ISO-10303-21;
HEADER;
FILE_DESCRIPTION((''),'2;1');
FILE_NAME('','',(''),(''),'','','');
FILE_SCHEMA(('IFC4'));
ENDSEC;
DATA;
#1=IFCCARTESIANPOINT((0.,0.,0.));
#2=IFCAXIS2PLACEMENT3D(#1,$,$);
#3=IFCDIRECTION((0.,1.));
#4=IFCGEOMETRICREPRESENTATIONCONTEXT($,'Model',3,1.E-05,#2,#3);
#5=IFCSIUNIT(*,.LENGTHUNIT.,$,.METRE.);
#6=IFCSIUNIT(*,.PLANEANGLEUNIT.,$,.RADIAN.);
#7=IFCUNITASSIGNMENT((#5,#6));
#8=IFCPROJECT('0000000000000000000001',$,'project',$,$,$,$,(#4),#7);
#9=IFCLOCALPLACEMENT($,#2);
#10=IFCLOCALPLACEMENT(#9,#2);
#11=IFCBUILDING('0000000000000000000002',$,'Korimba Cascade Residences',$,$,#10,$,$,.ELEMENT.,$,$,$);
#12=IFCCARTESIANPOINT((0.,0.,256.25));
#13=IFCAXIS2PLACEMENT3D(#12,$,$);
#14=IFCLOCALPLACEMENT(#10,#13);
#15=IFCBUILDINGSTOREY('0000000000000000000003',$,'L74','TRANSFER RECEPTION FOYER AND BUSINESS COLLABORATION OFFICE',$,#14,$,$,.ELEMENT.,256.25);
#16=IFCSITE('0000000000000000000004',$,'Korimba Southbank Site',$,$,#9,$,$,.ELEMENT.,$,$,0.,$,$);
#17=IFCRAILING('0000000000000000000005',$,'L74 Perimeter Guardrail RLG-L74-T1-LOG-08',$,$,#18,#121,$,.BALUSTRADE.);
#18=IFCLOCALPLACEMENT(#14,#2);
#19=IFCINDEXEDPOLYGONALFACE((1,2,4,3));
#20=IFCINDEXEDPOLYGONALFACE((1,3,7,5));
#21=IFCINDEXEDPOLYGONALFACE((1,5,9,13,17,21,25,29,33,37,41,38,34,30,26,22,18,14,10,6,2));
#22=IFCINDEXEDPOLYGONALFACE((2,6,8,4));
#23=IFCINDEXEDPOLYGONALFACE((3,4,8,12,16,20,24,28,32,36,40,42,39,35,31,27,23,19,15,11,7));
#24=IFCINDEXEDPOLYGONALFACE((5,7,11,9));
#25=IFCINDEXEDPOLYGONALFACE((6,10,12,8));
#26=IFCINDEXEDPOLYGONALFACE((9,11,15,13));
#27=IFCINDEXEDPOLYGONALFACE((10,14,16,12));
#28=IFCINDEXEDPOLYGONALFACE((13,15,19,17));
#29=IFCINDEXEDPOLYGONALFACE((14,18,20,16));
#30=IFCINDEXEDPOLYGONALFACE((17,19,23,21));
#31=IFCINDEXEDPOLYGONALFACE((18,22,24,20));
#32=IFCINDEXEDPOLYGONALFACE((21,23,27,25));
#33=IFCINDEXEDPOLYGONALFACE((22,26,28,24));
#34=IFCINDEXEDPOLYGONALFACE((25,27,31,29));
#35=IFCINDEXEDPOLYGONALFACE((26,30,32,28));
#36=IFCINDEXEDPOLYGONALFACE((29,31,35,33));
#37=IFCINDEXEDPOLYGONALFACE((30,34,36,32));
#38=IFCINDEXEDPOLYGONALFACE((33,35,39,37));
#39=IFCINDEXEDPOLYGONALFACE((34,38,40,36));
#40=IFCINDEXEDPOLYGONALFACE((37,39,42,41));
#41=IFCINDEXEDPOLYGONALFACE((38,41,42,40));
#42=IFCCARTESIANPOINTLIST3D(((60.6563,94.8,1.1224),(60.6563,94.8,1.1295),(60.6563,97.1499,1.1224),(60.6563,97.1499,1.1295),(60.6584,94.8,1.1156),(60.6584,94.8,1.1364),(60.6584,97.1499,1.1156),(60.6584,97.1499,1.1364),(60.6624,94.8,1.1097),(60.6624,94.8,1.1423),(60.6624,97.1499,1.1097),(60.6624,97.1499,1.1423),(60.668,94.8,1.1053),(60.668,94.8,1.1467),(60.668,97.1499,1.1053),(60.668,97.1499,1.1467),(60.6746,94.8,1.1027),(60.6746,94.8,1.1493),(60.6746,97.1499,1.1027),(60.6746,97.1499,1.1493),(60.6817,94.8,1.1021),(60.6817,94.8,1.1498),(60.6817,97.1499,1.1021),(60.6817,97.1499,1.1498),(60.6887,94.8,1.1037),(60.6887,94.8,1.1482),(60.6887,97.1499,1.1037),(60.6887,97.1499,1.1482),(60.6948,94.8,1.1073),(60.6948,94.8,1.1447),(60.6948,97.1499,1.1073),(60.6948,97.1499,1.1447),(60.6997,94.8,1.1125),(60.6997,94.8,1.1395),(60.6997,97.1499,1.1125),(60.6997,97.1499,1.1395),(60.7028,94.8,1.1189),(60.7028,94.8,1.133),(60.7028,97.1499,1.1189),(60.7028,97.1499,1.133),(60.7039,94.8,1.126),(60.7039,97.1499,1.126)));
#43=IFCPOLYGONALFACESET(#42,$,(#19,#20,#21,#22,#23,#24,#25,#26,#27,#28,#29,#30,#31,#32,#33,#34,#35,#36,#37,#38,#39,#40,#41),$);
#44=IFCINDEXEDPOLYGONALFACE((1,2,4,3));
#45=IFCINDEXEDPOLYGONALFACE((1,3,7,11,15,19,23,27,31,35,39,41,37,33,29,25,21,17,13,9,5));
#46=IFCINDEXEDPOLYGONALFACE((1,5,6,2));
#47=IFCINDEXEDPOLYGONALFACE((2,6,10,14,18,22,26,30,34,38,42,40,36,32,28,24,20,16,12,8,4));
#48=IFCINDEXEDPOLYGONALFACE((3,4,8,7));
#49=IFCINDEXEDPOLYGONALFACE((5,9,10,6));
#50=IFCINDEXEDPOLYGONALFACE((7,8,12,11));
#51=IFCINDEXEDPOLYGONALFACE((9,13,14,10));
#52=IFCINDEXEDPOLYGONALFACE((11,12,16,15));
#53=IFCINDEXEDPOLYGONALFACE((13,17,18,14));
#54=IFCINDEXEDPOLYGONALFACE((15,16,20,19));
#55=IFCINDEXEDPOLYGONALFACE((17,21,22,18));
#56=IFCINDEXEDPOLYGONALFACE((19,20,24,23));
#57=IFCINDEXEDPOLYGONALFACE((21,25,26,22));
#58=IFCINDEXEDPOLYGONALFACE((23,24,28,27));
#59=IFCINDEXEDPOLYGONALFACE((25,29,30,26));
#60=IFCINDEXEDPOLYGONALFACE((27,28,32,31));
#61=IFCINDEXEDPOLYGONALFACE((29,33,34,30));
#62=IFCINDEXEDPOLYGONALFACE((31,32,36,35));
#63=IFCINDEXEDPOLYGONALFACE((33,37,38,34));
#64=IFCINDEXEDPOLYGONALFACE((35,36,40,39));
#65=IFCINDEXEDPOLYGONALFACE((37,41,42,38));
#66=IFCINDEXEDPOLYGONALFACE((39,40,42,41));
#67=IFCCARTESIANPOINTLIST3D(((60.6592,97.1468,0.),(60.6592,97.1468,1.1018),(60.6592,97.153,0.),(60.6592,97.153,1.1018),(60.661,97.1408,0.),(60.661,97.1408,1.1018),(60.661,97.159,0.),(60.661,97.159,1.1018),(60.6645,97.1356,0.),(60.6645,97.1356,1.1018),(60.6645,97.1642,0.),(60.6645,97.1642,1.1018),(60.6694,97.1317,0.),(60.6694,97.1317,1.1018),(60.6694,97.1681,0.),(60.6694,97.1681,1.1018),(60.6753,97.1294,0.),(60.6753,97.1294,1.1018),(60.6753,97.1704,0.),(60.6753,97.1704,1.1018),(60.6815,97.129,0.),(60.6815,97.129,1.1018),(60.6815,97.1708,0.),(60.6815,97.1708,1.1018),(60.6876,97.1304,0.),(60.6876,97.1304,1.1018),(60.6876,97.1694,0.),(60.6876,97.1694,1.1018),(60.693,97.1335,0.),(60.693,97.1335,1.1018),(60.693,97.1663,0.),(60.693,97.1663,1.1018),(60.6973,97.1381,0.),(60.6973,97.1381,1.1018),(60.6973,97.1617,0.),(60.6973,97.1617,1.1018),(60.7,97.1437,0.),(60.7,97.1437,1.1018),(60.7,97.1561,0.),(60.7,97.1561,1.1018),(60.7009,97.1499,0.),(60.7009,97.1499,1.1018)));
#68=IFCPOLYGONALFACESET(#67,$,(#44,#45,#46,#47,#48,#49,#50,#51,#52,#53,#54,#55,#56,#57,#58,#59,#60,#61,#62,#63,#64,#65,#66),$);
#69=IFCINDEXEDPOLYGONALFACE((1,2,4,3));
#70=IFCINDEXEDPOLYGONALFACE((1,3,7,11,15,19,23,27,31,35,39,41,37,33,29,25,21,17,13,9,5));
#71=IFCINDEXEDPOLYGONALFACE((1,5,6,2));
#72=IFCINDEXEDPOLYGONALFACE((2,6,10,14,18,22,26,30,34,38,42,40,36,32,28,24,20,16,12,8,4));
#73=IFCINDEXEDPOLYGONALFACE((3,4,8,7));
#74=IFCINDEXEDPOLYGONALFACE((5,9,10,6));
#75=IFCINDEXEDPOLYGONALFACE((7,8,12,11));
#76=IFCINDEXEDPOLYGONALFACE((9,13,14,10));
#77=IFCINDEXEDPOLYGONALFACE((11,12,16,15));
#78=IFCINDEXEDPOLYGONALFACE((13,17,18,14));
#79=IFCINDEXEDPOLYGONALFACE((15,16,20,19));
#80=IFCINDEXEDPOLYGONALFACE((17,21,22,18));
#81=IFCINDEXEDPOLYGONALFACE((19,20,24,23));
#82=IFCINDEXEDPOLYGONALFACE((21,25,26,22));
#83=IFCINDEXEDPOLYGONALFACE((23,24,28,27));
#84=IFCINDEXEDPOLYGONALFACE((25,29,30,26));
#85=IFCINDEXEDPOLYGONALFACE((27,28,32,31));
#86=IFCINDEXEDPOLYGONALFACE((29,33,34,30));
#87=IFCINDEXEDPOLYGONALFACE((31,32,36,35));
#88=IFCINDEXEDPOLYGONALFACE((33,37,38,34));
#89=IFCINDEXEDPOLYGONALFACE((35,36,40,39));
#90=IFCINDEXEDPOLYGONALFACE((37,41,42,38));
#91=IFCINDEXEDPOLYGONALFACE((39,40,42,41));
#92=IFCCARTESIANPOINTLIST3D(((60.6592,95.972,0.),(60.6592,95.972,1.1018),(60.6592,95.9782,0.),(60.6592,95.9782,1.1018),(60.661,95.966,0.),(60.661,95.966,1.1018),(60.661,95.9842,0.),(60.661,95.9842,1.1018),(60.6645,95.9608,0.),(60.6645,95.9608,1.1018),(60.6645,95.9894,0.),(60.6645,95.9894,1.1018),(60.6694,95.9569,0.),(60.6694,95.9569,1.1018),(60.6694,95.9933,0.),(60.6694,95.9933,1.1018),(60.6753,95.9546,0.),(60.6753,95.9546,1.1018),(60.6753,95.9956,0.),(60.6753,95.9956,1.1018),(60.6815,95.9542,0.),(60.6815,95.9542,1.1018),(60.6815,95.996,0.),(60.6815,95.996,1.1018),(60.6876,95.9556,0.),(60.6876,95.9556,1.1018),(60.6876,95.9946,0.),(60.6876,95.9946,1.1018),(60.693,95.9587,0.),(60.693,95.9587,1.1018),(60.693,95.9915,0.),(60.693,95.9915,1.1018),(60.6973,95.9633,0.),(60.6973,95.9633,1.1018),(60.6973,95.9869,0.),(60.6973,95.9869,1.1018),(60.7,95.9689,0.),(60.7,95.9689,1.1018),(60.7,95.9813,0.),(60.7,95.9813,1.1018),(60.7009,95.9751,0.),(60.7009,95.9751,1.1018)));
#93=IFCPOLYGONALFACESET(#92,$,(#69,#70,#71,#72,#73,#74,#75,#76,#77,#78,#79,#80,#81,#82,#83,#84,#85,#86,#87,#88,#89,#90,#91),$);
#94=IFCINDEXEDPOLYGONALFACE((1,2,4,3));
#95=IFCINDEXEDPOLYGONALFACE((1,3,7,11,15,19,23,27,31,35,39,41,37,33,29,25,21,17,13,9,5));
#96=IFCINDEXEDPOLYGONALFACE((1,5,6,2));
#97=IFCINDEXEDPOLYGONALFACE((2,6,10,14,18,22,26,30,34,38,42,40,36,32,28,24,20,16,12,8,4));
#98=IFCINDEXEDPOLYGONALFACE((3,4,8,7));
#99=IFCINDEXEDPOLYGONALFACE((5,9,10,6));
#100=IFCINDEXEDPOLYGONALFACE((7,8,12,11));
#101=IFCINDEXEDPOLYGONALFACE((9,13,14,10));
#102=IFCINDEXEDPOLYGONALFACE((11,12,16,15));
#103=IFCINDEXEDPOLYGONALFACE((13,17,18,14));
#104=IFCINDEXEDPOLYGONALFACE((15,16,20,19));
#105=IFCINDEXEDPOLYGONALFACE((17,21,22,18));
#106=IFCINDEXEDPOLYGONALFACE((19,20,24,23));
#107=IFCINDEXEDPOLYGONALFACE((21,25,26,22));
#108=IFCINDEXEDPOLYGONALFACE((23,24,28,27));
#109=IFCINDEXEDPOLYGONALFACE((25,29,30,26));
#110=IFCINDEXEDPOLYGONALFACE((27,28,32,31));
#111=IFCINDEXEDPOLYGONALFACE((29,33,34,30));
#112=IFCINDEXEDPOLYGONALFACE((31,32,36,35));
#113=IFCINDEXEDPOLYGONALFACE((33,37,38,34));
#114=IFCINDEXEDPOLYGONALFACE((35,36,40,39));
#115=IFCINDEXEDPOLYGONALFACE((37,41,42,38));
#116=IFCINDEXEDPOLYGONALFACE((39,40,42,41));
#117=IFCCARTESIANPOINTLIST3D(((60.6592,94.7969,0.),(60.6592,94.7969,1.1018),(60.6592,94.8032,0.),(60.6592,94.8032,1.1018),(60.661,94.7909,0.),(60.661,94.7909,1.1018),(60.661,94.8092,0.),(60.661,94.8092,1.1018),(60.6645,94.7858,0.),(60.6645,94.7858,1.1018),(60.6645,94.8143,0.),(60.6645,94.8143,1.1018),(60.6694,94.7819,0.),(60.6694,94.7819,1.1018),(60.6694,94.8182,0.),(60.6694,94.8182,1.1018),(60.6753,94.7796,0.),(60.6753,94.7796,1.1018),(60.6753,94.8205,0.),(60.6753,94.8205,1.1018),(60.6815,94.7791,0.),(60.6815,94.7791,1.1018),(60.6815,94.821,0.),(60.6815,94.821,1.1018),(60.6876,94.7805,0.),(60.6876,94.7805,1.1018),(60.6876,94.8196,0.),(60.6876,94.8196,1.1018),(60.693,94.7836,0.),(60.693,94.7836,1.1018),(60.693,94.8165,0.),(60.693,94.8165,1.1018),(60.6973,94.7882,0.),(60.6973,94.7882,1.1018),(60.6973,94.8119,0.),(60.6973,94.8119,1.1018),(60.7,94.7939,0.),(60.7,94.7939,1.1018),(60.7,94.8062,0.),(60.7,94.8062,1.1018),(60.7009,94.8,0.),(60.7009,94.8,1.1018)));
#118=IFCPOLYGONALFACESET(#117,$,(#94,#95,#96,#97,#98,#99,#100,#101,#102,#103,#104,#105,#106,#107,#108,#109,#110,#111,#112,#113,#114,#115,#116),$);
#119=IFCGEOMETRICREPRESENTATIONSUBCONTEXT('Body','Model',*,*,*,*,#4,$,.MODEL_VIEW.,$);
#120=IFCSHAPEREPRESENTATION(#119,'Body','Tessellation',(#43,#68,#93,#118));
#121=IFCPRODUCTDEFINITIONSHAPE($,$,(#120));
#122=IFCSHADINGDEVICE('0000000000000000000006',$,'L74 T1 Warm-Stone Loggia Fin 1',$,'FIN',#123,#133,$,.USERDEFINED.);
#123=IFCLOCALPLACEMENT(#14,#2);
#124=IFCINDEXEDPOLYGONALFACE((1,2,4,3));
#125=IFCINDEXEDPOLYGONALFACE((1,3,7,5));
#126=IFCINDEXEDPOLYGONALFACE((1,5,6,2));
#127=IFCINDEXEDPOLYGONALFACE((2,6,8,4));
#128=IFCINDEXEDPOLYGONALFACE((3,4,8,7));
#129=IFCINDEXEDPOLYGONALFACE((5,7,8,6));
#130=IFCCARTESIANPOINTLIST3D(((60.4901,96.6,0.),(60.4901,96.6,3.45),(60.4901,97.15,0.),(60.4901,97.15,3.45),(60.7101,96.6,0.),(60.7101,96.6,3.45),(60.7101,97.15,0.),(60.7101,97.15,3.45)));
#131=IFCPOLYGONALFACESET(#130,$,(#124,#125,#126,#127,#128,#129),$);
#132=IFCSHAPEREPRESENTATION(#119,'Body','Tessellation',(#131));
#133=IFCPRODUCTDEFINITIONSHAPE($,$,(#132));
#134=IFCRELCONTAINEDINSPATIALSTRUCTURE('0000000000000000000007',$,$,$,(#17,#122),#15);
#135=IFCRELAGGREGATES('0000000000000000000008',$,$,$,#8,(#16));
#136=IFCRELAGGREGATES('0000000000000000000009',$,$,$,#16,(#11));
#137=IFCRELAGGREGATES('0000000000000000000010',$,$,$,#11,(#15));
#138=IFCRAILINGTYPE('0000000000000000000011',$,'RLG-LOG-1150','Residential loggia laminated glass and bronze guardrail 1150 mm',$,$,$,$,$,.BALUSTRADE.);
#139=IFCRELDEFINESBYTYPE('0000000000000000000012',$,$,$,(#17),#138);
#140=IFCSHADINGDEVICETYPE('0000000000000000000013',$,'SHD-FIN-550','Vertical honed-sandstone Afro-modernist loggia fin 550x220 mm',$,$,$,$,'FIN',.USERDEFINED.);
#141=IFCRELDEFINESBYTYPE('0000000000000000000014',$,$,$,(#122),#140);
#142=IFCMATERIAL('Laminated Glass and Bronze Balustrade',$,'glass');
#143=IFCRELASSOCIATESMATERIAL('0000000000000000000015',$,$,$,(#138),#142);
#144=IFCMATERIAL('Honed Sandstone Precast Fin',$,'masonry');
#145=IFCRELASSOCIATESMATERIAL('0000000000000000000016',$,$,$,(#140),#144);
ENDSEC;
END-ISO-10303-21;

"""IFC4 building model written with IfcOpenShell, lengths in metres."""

from ifc_helpers import new_model, si_unit, direction, frame, origin, origin_2d, place, context, subcontext, project, spatial, rectangle, circle, extrude, material, type_object, element, save


model = new_model("IFC4")

# Units and contexts
model_context = context("Model", 3, precision=1e-05, world=origin(), true_north=direction((0.0, 1.0)))
body_context = subcontext(model_context, "Body", "Model", "MODEL_VIEW")
ifc_project = project(units=[si_unit("LENGTHUNIT", "METRE"), si_unit("PLANEANGLEUNIT", "RADIAN")], contexts=[model_context])

# Site, building, storey
site_placement = place(None, origin())
site = spatial("IfcSite", under=ifc_project, at=site_placement, Name="Korimba Southbank Site", CompositionType="ELEMENT", RefElevation=0.0)
building_placement = place(site_placement, origin())
building = spatial("IfcBuilding", under=site, at=building_placement, Name="Korimba Cascade Residences", CompositionType="ELEMENT")
storey_placement = place(building_placement, frame((0.0, 0.0, 256.25)))
storey = spatial("IfcBuildingStorey", under=building, at=storey_placement, Name="L74", Description="TRANSFER RECEPTION FOYER AND BUSINESS COLLABORATION OFFICE", CompositionType="ELEMENT", Elevation=256.25)

# Railing
ifc_material_1 = material(Name="Laminated Glass and Bronze Balustrade", Category="glass")
railing_type = type_object("IfcRailingType", Name="RLG-LOG-1150", Description="Residential loggia laminated glass and bronze guardrail 1150 mm", PredefinedType="BALUSTRADE", material=ifc_material_1)
railing_placement = place(storey_placement, frame((60.6799, 97.1499, 0.0)))
element("IfcRailing", 1, at=railing_placement, inside=storey, type_object=railing_type, Name="L74 Perimeter Guardrail RLG-L74-T1-LOG-08", PredefinedType="BALUSTRADE", context=body_context, shape_type="SweptSolid", body=[
    extrude(circle(Radius=0.0239, at=origin_2d()), frame((0.0, 0.0, 1.126), z_axis=(0.0, -1.0, 0.0), x_axis=(1.0, 0.0, 0.0)), (0.0, 0.0, 1.0), 2.3499),
    extrude(circle(Radius=0.021, at=origin_2d()), origin(), (0.0, 0.0, 1.0), 1.1018),
    extrude(circle(Radius=0.021, at=origin_2d()), frame((0.0, -1.1748, 0.0)), (0.0, 0.0, 1.0), 1.1018),
    extrude(circle(Radius=0.021, at=origin_2d()), frame((0.0, -2.3499, 0.0)), (0.0, 0.0, 1.0), 1.1018),
])

# Shading device
ifc_material_2 = material(Name="Honed Sandstone Precast Fin", Category="masonry")
shading_device_type = type_object("IfcShadingDeviceType", Name="SHD-FIN-550", Description="Vertical honed-sandstone Afro-modernist loggia fin 550x220 mm", ElementType="FIN", PredefinedType="USERDEFINED", material=ifc_material_2)
shading_device_placement = place(storey_placement, frame((60.6001, 96.875, 0.0), z_axis=(0.0, 0.0, 1.0), x_axis=(1.0, 0.0, 0.0)))
element("IfcShadingDevice", 2, at=shading_device_placement, inside=storey, type_object=shading_device_type, Name="L74 T1 Warm-Stone Loggia Fin 1", ObjectType="FIN", PredefinedType="USERDEFINED", context=body_context, shape_type="SweptSolid", body=[
    extrude(rectangle(XDim=0.22, YDim=0.55, at=origin_2d()), origin(), (0.0, 0.0, 1.0), 3.45),
])

save(model, "model.ifc")
